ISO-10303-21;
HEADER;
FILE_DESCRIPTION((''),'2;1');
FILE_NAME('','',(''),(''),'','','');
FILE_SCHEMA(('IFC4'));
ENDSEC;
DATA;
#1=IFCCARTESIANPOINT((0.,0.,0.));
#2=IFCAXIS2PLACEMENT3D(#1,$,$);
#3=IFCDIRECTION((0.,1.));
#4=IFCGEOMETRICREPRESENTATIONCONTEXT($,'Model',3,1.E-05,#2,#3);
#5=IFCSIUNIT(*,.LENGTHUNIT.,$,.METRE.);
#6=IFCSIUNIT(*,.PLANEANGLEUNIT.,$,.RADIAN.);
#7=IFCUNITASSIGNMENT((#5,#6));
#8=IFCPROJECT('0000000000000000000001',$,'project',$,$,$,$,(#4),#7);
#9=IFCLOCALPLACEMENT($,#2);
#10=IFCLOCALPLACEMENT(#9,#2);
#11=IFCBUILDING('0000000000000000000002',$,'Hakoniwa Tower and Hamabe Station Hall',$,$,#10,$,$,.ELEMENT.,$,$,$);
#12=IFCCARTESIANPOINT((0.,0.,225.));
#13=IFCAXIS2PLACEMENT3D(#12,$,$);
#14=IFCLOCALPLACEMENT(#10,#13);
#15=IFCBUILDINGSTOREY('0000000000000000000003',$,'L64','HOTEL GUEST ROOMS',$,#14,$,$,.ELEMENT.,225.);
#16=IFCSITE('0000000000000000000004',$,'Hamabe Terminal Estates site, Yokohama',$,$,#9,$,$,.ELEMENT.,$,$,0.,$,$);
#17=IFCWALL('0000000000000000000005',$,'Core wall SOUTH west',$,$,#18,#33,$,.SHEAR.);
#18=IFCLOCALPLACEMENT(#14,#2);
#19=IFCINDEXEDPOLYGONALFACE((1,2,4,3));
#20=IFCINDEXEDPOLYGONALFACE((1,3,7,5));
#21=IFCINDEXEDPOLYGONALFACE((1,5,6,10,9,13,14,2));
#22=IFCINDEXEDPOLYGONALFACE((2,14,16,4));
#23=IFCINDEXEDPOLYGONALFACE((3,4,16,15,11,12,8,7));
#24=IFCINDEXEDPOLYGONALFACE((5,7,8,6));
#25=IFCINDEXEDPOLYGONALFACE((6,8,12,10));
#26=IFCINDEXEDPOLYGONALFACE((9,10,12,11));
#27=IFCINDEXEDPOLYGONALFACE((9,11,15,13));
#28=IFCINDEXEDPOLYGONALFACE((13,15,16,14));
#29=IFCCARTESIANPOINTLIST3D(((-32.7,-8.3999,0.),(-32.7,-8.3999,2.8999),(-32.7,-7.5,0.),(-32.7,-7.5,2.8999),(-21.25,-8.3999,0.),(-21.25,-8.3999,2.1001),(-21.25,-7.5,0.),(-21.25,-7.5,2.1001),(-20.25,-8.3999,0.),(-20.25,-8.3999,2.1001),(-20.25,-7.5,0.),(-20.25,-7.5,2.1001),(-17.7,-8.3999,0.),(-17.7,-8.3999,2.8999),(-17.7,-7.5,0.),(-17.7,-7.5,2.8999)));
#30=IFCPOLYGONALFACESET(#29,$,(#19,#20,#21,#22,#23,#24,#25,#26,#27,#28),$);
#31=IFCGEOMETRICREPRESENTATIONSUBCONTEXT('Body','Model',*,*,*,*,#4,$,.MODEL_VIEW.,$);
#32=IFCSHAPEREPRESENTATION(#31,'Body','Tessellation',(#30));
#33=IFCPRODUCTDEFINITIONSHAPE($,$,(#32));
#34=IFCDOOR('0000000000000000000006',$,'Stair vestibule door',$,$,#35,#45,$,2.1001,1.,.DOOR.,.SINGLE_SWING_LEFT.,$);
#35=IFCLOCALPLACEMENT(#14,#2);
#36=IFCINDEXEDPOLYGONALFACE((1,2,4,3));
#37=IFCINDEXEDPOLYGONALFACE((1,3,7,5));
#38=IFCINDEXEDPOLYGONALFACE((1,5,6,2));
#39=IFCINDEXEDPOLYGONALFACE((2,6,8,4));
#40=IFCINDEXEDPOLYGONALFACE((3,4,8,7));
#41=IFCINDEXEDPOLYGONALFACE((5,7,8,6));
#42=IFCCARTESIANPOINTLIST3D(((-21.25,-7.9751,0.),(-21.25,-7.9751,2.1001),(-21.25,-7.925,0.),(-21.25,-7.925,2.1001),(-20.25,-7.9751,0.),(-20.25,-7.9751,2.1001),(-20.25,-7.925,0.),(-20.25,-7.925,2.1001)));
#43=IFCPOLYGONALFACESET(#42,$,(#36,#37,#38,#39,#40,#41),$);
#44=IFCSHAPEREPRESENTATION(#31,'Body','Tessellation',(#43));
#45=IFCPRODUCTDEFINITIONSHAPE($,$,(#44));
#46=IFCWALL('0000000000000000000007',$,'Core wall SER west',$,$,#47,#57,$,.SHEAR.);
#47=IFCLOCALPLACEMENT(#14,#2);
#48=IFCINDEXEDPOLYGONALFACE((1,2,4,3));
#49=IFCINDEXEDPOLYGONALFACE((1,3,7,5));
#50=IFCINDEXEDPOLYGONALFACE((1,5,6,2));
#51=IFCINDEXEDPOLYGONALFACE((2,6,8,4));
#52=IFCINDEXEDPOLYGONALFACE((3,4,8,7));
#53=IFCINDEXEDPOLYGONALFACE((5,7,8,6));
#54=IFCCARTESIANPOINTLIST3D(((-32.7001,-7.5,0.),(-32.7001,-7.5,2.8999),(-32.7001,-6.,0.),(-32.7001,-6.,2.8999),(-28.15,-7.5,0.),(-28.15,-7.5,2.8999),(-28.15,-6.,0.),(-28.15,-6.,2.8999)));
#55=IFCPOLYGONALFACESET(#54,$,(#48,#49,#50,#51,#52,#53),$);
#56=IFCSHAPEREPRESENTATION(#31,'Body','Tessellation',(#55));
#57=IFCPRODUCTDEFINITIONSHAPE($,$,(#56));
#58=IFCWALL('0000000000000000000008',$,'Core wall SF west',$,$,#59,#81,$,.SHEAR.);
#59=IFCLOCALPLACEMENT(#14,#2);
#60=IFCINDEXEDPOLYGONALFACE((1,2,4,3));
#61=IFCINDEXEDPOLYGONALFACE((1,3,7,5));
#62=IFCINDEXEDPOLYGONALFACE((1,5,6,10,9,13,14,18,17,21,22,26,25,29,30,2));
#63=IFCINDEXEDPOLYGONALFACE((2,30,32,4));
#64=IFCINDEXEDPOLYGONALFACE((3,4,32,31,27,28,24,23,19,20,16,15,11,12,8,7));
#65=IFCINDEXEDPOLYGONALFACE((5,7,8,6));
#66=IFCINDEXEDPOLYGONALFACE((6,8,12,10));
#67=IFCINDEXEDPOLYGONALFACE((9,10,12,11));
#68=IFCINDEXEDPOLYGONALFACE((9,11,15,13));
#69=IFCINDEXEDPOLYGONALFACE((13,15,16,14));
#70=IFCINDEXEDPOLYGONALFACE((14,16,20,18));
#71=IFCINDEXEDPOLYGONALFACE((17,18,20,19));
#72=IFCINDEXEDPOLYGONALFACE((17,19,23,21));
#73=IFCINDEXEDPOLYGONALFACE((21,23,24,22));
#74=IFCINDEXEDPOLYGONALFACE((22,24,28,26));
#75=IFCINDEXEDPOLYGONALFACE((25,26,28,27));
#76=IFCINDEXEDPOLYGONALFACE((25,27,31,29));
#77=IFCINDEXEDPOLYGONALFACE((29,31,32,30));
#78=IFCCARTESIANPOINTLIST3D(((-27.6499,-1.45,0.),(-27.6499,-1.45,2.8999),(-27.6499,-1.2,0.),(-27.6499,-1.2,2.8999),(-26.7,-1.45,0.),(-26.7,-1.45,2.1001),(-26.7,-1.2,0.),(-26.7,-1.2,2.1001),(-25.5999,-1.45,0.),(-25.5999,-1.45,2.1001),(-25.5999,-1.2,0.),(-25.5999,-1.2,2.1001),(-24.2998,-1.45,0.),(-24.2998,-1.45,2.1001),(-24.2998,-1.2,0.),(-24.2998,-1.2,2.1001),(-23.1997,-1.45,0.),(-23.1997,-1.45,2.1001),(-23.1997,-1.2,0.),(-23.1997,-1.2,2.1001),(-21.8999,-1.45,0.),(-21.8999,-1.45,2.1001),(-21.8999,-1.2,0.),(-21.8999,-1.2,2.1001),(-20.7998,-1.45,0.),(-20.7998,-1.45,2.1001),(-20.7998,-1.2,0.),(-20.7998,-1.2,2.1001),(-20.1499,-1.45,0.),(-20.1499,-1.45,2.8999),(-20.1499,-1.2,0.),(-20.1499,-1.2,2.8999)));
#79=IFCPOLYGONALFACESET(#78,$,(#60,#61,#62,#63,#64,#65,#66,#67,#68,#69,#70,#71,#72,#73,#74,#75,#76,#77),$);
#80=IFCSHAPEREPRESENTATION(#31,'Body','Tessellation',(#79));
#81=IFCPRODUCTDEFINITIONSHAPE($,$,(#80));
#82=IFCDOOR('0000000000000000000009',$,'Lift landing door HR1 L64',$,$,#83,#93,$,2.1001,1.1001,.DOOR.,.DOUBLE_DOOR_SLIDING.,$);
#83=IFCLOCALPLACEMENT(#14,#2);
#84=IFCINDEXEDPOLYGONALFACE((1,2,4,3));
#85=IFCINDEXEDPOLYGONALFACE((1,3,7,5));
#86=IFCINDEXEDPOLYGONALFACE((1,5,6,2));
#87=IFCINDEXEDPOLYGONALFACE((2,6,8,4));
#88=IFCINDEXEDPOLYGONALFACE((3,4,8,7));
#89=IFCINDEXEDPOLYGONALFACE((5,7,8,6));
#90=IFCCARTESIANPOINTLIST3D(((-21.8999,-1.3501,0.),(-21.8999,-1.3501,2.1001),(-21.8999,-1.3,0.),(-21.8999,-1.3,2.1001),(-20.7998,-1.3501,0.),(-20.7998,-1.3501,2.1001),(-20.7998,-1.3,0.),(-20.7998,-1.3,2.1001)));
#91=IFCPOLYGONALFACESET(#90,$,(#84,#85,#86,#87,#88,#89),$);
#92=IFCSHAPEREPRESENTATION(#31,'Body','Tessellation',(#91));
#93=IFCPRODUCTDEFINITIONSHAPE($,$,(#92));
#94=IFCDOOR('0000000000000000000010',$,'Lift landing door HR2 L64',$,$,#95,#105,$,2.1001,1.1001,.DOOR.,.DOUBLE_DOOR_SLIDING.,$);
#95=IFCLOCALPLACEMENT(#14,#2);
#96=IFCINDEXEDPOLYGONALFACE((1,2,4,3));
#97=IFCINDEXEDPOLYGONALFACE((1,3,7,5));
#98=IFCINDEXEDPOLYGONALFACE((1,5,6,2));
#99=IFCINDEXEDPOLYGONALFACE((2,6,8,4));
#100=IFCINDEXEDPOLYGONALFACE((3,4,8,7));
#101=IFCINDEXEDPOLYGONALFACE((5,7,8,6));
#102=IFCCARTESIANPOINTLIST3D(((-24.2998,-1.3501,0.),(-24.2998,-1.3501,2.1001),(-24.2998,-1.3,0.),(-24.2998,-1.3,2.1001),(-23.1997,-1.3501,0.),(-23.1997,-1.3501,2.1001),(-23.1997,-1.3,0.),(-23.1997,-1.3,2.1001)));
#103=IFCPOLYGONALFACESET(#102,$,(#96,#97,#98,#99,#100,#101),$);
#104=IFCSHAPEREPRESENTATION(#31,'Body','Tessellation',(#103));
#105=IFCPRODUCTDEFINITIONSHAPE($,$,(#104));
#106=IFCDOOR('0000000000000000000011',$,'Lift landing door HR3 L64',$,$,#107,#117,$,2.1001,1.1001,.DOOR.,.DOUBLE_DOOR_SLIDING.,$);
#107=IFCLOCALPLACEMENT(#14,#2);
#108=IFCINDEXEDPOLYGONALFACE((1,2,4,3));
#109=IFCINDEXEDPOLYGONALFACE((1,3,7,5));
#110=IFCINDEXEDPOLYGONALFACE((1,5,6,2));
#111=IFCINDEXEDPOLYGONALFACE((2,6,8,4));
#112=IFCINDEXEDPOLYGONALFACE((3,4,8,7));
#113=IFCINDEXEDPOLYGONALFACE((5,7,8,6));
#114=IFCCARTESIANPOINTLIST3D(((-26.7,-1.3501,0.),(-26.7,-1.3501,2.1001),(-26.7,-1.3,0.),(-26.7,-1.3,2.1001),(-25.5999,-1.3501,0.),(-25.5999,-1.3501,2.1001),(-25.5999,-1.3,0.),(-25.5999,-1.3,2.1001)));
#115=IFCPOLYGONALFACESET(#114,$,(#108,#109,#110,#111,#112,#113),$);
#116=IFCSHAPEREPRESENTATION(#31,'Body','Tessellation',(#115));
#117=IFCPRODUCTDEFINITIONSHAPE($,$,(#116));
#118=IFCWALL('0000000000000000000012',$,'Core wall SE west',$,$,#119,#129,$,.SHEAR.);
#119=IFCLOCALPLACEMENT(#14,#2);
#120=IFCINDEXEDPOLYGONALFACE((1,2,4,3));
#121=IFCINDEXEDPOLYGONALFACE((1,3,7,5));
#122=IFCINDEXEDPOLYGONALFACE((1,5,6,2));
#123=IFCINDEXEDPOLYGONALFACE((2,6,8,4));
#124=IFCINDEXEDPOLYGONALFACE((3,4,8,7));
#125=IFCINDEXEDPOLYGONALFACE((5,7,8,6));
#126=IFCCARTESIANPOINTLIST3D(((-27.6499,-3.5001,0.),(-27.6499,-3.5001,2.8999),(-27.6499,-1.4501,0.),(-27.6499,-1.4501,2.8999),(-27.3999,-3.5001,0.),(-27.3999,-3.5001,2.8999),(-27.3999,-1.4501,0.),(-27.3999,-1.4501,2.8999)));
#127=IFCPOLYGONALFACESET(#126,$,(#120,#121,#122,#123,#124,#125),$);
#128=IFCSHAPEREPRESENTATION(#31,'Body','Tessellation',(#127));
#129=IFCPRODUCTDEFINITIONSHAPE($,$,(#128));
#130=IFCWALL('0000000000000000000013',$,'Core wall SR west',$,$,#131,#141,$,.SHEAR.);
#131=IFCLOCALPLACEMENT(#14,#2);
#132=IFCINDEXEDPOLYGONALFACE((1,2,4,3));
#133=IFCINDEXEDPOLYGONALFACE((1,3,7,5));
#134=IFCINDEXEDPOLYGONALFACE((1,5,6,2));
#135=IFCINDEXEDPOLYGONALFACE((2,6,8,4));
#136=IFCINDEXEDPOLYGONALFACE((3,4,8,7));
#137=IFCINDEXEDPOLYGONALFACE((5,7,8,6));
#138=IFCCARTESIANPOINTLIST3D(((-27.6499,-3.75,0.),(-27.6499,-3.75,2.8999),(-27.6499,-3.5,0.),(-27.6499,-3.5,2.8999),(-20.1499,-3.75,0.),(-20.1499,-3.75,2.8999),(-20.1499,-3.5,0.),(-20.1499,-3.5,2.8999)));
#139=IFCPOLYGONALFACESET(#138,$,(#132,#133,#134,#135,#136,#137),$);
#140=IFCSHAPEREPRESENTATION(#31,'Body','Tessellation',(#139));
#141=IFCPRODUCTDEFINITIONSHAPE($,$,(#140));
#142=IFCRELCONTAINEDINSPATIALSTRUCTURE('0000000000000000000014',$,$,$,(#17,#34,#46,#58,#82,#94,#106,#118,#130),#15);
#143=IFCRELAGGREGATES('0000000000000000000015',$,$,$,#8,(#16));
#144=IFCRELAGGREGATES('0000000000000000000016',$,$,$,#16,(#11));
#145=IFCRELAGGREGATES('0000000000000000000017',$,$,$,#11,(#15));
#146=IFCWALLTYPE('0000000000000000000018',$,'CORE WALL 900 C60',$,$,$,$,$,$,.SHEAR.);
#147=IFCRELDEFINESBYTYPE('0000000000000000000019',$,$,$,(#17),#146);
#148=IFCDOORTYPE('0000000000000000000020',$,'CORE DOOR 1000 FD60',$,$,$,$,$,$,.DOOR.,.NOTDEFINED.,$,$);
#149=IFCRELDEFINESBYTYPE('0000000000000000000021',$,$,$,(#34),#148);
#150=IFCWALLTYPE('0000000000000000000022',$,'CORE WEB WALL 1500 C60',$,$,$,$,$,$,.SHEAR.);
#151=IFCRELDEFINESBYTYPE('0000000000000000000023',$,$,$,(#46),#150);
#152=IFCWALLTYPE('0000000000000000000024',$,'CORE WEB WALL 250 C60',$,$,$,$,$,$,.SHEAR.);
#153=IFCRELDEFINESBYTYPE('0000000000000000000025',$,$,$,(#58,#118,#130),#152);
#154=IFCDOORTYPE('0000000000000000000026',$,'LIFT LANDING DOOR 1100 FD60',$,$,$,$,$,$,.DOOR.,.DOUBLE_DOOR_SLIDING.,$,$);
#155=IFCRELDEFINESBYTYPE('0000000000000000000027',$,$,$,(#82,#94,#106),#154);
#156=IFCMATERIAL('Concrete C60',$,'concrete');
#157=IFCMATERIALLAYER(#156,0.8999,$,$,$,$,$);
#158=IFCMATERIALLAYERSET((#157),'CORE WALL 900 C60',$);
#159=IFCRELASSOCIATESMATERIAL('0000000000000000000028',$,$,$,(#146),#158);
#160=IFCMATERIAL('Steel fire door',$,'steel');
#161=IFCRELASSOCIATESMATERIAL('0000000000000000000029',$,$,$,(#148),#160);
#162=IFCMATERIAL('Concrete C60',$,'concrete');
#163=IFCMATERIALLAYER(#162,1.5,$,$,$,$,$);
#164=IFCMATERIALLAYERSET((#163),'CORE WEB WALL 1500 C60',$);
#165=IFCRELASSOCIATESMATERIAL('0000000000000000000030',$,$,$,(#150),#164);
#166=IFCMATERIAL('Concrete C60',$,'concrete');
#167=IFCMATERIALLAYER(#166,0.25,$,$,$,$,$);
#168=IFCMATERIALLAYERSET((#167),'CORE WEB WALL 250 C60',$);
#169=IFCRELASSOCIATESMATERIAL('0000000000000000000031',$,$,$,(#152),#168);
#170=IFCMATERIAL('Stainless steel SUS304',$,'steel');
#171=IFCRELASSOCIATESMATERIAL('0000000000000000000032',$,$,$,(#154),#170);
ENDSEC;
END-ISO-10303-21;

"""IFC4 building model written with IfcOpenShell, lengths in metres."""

from ifc_helpers import new_model, si_unit, direction, frame, frame_2d, origin, place, context, subcontext, project, spatial, rectangle, extrude, material, layer, layer_set, type_object, element, fill, save


model = new_model("IFC4")

# Units and contexts
model_context = context("Model", 3, precision=1e-05, world=origin(), true_north=direction((0.0, 1.0)))
body_context = subcontext(model_context, "Body", "Model", "MODEL_VIEW")
ifc_project = project(units=[si_unit("LENGTHUNIT", "METRE"), si_unit("PLANEANGLEUNIT", "RADIAN")], contexts=[model_context])

# Site, building, storey
site_placement = place(None, origin())
site = spatial("IfcSite", under=ifc_project, at=site_placement, Name="Hamabe Terminal Estates site, Yokohama", CompositionType="ELEMENT", RefElevation=0.0)
building_placement = place(site_placement, origin())
building = spatial("IfcBuilding", under=site, at=building_placement, Name="Hakoniwa Tower and Hamabe Station Hall", CompositionType="ELEMENT")
storey_placement = place(building_placement, frame((0.0, 0.0, 225.0)))
storey = spatial("IfcBuildingStorey", under=building, at=storey_placement, Name="L64", Description="HOTEL GUEST ROOMS", CompositionType="ELEMENT", Elevation=225.0)

# Wall, opening, door
ifc_material_1 = material(Name="Concrete C60", Category="concrete")
ifc_layer_1 = layer(ifc_material_1, 0.8999)
ifc_layer_set_1 = layer_set([ifc_layer_1], Name="CORE WALL 900 C60")
wall_type_1 = type_object("IfcWallType", Name="CORE WALL 900 C60", PredefinedType="SHEAR", material=ifc_layer_set_1)
wall_1_placement = place(storey_placement, frame((-32.7, -7.95, 0.0), z_axis=(0.0, 0.0, 1.0), x_axis=(1.0, 0.0, 0.0)))
wall_1 = element("IfcWall", 1, at=wall_1_placement, inside=storey, type_object=wall_type_1, Name="Core wall SOUTH west", PredefinedType="SHEAR", context=body_context, shape_type="SweptSolid", body=[
    extrude(rectangle(XDim=15.0, YDim=0.8999, at=frame_2d((7.5, 0.0))), origin(), (0.0, 0.0, 1.0), 2.8999),
])
opening_1_placement = place(wall_1_placement, frame((11.45, 0.0, 0.0)))
opening_1 = element("IfcOpeningElement", 2, at=opening_1_placement, cuts=wall_1, PredefinedType="OPENING", context=body_context, shape_type="SweptSolid", body=[
    extrude(rectangle(XDim=1.0, YDim=2.1001, at=frame_2d((0.5, 1.05))), frame((0.0, 0.46, 0.0), z_axis=(0.0, -1.0, 0.0), x_axis=(1.0, 0.0, 0.0)), (0.0, 0.0, 1.0), 0.9199),
])
ifc_material_2 = material(Name="Steel fire door", Category="steel")
door_type_1 = type_object("IfcDoorType", Name="CORE DOOR 1000 FD60", OperationType="NOTDEFINED", PredefinedType="DOOR", material=ifc_material_2)
door_1_placement = place(opening_1_placement, origin())
door_1 = element("IfcDoor", 3, at=door_1_placement, inside=storey, type_object=door_type_1, Name="Stair vestibule door", OperationType="SINGLE_SWING_LEFT", OverallHeight=2.1001, OverallWidth=1.0, PredefinedType="DOOR", context=body_context, shape_type="SweptSolid", body=[
    extrude(rectangle(XDim=1.0, YDim=2.1001, at=frame_2d((0.5, 1.05))), frame((0.0, 0.0249, 0.0), z_axis=(0.0, -1.0, 0.0), x_axis=(1.0, 0.0, 0.0)), (0.0, 0.0, 1.0), 0.05),
])
fill(opening_1, door_1)

# Wall
ifc_material_3 = material(Name="Concrete C60", Category="concrete")
ifc_layer_2 = layer(ifc_material_3, 1.5)
ifc_layer_set_2 = layer_set([ifc_layer_2], Name="CORE WEB WALL 1500 C60")
wall_type_2 = type_object("IfcWallType", Name="CORE WEB WALL 1500 C60", PredefinedType="SHEAR", material=ifc_layer_set_2)
wall_2_placement = place(storey_placement, frame((-32.7, -6.75, 0.0), z_axis=(0.0, 0.0, 1.0), x_axis=(1.0, 0.0, 0.0)))
element("IfcWall", 4, at=wall_2_placement, inside=storey, type_object=wall_type_2, Name="Core wall SER west", PredefinedType="SHEAR", context=body_context, shape_type="SweptSolid", body=[
    extrude(rectangle(XDim=4.55, YDim=1.5, at=frame_2d((2.2749, 0.0))), origin(), (0.0, 0.0, 1.0), 2.8999),
])

# Wall, openings, doors
ifc_material_4 = material(Name="Concrete C60", Category="concrete")
ifc_layer_3 = layer(ifc_material_4, 0.25)
ifc_layer_set_3 = layer_set([ifc_layer_3], Name="CORE WEB WALL 250 C60")
wall_type_3 = type_object("IfcWallType", Name="CORE WEB WALL 250 C60", PredefinedType="SHEAR", material=ifc_layer_set_3)
wall_3_placement = place(storey_placement, frame((-27.6499, -1.325, 0.0), z_axis=(0.0, 0.0, 1.0), x_axis=(1.0, 0.0, 0.0)))
wall_3 = element("IfcWall", 5, at=wall_3_placement, inside=storey, type_object=wall_type_3, Name="Core wall SF west", PredefinedType="SHEAR", context=body_context, shape_type="SweptSolid", body=[
    extrude(rectangle(XDim=7.5, YDim=0.25, at=frame_2d((3.75, 0.0))), origin(), (0.0, 0.0, 1.0), 2.8999),
])
opening_2_placement = place(wall_3_placement, frame((5.75, 0.0, 0.0)))
opening_2 = element("IfcOpeningElement", 6, at=opening_2_placement, cuts=wall_3, PredefinedType="OPENING", context=body_context, shape_type="SweptSolid", body=[
    extrude(rectangle(XDim=1.1001, YDim=2.1001, at=frame_2d((0.55, 1.05))), frame((0.0, 0.135, 0.0), z_axis=(0.0, -1.0, 0.0), x_axis=(1.0, 0.0, 0.0)), (0.0, 0.0, 1.0), 0.27),
])
opening_3_placement = place(wall_3_placement, frame((3.3501, 0.0, 0.0)))
opening_3 = element("IfcOpeningElement", 7, at=opening_3_placement, cuts=wall_3, PredefinedType="OPENING", context=body_context, shape_type="SweptSolid", body=[
    extrude(rectangle(XDim=1.1001, YDim=2.1001, at=frame_2d((0.55, 1.05))), frame((0.0, 0.135, 0.0), z_axis=(0.0, -1.0, 0.0), x_axis=(1.0, 0.0, 0.0)), (0.0, 0.0, 1.0), 0.27),
])
opening_4_placement = place(wall_3_placement, frame((0.95, 0.0, 0.0)))
opening_4 = element("IfcOpeningElement", 8, at=opening_4_placement, cuts=wall_3, PredefinedType="OPENING", context=body_context, shape_type="SweptSolid", body=[
    extrude(rectangle(XDim=1.1001, YDim=2.1001, at=frame_2d((0.55, 1.05))), frame((0.0, 0.135, 0.0), z_axis=(0.0, -1.0, 0.0), x_axis=(1.0, 0.0, 0.0)), (0.0, 0.0, 1.0), 0.27),
])
ifc_material_5 = material(Name="Stainless steel SUS304", Category="steel")
door_type_2 = type_object("IfcDoorType", Name="LIFT LANDING DOOR 1100 FD60", OperationType="DOUBLE_DOOR_SLIDING", PredefinedType="DOOR", material=ifc_material_5)
door_2_placement = place(opening_2_placement, origin())
door_2 = element("IfcDoor", 9, at=door_2_placement, inside=storey, type_object=door_type_2, Name="Lift landing door HR1 L64", OperationType="DOUBLE_DOOR_SLIDING", OverallHeight=2.1001, OverallWidth=1.1001, PredefinedType="DOOR", context=body_context, shape_type="SweptSolid", body=[
    extrude(rectangle(XDim=1.1001, YDim=2.1001, at=frame_2d((0.55, 1.05))), frame((0.0, 0.0249, 0.0), z_axis=(0.0, -1.0, 0.0), x_axis=(1.0, 0.0, 0.0)), (0.0, 0.0, 1.0), 0.05),
])
fill(opening_2, door_2)
door_3_placement = place(opening_3_placement, origin())
door_3 = element("IfcDoor", 10, at=door_3_placement, inside=storey, type_object=door_type_2, Name="Lift landing door HR2 L64", OperationType="DOUBLE_DOOR_SLIDING", OverallHeight=2.1001, OverallWidth=1.1001, PredefinedType="DOOR", context=body_context, shape_type="SweptSolid", body=[
    extrude(rectangle(XDim=1.1001, YDim=2.1001, at=frame_2d((0.55, 1.05))), frame((0.0, 0.0249, 0.0), z_axis=(0.0, -1.0, 0.0), x_axis=(1.0, 0.0, 0.0)), (0.0, 0.0, 1.0), 0.05),
])
fill(opening_3, door_3)
door_4_placement = place(opening_4_placement, origin())
door_4 = element("IfcDoor", 11, at=door_4_placement, inside=storey, type_object=door_type_2, Name="Lift landing door HR3 L64", OperationType="DOUBLE_DOOR_SLIDING", OverallHeight=2.1001, OverallWidth=1.1001, PredefinedType="DOOR", context=body_context, shape_type="SweptSolid", body=[
    extrude(rectangle(XDim=1.1001, YDim=2.1001, at=frame_2d((0.55, 1.05))), frame((0.0, 0.0249, 0.0), z_axis=(0.0, -1.0, 0.0), x_axis=(1.0, 0.0, 0.0)), (0.0, 0.0, 1.0), 0.05),
])
fill(opening_4, door_4)

# Walls
wall_4_placement = place(storey_placement, frame((-27.5249, -3.5, 0.0), z_axis=(0.0, 0.0, 1.0), x_axis=(0.0, 1.0, 0.0)))
element("IfcWall", 12, at=wall_4_placement, inside=storey, type_object=wall_type_3, Name="Core wall SE west", PredefinedType="SHEAR", context=body_context, shape_type="SweptSolid", body=[
    extrude(rectangle(XDim=2.05, YDim=0.25, at=frame_2d((1.0249, 0.0))), origin(), (0.0, 0.0, 1.0), 2.8999),
])
wall_5_placement = place(storey_placement, frame((-27.6499, -3.625, 0.0), z_axis=(0.0, 0.0, 1.0), x_axis=(1.0, 0.0, 0.0)))
element("IfcWall", 13, at=wall_5_placement, inside=storey, type_object=wall_type_3, Name="Core wall SR west", PredefinedType="SHEAR", context=body_context, shape_type="SweptSolid", body=[
    extrude(rectangle(XDim=7.5, YDim=0.25, at=frame_2d((3.75, 0.0))), origin(), (0.0, 0.0, 1.0), 2.8999),
])

save(model, "model.ifc")
